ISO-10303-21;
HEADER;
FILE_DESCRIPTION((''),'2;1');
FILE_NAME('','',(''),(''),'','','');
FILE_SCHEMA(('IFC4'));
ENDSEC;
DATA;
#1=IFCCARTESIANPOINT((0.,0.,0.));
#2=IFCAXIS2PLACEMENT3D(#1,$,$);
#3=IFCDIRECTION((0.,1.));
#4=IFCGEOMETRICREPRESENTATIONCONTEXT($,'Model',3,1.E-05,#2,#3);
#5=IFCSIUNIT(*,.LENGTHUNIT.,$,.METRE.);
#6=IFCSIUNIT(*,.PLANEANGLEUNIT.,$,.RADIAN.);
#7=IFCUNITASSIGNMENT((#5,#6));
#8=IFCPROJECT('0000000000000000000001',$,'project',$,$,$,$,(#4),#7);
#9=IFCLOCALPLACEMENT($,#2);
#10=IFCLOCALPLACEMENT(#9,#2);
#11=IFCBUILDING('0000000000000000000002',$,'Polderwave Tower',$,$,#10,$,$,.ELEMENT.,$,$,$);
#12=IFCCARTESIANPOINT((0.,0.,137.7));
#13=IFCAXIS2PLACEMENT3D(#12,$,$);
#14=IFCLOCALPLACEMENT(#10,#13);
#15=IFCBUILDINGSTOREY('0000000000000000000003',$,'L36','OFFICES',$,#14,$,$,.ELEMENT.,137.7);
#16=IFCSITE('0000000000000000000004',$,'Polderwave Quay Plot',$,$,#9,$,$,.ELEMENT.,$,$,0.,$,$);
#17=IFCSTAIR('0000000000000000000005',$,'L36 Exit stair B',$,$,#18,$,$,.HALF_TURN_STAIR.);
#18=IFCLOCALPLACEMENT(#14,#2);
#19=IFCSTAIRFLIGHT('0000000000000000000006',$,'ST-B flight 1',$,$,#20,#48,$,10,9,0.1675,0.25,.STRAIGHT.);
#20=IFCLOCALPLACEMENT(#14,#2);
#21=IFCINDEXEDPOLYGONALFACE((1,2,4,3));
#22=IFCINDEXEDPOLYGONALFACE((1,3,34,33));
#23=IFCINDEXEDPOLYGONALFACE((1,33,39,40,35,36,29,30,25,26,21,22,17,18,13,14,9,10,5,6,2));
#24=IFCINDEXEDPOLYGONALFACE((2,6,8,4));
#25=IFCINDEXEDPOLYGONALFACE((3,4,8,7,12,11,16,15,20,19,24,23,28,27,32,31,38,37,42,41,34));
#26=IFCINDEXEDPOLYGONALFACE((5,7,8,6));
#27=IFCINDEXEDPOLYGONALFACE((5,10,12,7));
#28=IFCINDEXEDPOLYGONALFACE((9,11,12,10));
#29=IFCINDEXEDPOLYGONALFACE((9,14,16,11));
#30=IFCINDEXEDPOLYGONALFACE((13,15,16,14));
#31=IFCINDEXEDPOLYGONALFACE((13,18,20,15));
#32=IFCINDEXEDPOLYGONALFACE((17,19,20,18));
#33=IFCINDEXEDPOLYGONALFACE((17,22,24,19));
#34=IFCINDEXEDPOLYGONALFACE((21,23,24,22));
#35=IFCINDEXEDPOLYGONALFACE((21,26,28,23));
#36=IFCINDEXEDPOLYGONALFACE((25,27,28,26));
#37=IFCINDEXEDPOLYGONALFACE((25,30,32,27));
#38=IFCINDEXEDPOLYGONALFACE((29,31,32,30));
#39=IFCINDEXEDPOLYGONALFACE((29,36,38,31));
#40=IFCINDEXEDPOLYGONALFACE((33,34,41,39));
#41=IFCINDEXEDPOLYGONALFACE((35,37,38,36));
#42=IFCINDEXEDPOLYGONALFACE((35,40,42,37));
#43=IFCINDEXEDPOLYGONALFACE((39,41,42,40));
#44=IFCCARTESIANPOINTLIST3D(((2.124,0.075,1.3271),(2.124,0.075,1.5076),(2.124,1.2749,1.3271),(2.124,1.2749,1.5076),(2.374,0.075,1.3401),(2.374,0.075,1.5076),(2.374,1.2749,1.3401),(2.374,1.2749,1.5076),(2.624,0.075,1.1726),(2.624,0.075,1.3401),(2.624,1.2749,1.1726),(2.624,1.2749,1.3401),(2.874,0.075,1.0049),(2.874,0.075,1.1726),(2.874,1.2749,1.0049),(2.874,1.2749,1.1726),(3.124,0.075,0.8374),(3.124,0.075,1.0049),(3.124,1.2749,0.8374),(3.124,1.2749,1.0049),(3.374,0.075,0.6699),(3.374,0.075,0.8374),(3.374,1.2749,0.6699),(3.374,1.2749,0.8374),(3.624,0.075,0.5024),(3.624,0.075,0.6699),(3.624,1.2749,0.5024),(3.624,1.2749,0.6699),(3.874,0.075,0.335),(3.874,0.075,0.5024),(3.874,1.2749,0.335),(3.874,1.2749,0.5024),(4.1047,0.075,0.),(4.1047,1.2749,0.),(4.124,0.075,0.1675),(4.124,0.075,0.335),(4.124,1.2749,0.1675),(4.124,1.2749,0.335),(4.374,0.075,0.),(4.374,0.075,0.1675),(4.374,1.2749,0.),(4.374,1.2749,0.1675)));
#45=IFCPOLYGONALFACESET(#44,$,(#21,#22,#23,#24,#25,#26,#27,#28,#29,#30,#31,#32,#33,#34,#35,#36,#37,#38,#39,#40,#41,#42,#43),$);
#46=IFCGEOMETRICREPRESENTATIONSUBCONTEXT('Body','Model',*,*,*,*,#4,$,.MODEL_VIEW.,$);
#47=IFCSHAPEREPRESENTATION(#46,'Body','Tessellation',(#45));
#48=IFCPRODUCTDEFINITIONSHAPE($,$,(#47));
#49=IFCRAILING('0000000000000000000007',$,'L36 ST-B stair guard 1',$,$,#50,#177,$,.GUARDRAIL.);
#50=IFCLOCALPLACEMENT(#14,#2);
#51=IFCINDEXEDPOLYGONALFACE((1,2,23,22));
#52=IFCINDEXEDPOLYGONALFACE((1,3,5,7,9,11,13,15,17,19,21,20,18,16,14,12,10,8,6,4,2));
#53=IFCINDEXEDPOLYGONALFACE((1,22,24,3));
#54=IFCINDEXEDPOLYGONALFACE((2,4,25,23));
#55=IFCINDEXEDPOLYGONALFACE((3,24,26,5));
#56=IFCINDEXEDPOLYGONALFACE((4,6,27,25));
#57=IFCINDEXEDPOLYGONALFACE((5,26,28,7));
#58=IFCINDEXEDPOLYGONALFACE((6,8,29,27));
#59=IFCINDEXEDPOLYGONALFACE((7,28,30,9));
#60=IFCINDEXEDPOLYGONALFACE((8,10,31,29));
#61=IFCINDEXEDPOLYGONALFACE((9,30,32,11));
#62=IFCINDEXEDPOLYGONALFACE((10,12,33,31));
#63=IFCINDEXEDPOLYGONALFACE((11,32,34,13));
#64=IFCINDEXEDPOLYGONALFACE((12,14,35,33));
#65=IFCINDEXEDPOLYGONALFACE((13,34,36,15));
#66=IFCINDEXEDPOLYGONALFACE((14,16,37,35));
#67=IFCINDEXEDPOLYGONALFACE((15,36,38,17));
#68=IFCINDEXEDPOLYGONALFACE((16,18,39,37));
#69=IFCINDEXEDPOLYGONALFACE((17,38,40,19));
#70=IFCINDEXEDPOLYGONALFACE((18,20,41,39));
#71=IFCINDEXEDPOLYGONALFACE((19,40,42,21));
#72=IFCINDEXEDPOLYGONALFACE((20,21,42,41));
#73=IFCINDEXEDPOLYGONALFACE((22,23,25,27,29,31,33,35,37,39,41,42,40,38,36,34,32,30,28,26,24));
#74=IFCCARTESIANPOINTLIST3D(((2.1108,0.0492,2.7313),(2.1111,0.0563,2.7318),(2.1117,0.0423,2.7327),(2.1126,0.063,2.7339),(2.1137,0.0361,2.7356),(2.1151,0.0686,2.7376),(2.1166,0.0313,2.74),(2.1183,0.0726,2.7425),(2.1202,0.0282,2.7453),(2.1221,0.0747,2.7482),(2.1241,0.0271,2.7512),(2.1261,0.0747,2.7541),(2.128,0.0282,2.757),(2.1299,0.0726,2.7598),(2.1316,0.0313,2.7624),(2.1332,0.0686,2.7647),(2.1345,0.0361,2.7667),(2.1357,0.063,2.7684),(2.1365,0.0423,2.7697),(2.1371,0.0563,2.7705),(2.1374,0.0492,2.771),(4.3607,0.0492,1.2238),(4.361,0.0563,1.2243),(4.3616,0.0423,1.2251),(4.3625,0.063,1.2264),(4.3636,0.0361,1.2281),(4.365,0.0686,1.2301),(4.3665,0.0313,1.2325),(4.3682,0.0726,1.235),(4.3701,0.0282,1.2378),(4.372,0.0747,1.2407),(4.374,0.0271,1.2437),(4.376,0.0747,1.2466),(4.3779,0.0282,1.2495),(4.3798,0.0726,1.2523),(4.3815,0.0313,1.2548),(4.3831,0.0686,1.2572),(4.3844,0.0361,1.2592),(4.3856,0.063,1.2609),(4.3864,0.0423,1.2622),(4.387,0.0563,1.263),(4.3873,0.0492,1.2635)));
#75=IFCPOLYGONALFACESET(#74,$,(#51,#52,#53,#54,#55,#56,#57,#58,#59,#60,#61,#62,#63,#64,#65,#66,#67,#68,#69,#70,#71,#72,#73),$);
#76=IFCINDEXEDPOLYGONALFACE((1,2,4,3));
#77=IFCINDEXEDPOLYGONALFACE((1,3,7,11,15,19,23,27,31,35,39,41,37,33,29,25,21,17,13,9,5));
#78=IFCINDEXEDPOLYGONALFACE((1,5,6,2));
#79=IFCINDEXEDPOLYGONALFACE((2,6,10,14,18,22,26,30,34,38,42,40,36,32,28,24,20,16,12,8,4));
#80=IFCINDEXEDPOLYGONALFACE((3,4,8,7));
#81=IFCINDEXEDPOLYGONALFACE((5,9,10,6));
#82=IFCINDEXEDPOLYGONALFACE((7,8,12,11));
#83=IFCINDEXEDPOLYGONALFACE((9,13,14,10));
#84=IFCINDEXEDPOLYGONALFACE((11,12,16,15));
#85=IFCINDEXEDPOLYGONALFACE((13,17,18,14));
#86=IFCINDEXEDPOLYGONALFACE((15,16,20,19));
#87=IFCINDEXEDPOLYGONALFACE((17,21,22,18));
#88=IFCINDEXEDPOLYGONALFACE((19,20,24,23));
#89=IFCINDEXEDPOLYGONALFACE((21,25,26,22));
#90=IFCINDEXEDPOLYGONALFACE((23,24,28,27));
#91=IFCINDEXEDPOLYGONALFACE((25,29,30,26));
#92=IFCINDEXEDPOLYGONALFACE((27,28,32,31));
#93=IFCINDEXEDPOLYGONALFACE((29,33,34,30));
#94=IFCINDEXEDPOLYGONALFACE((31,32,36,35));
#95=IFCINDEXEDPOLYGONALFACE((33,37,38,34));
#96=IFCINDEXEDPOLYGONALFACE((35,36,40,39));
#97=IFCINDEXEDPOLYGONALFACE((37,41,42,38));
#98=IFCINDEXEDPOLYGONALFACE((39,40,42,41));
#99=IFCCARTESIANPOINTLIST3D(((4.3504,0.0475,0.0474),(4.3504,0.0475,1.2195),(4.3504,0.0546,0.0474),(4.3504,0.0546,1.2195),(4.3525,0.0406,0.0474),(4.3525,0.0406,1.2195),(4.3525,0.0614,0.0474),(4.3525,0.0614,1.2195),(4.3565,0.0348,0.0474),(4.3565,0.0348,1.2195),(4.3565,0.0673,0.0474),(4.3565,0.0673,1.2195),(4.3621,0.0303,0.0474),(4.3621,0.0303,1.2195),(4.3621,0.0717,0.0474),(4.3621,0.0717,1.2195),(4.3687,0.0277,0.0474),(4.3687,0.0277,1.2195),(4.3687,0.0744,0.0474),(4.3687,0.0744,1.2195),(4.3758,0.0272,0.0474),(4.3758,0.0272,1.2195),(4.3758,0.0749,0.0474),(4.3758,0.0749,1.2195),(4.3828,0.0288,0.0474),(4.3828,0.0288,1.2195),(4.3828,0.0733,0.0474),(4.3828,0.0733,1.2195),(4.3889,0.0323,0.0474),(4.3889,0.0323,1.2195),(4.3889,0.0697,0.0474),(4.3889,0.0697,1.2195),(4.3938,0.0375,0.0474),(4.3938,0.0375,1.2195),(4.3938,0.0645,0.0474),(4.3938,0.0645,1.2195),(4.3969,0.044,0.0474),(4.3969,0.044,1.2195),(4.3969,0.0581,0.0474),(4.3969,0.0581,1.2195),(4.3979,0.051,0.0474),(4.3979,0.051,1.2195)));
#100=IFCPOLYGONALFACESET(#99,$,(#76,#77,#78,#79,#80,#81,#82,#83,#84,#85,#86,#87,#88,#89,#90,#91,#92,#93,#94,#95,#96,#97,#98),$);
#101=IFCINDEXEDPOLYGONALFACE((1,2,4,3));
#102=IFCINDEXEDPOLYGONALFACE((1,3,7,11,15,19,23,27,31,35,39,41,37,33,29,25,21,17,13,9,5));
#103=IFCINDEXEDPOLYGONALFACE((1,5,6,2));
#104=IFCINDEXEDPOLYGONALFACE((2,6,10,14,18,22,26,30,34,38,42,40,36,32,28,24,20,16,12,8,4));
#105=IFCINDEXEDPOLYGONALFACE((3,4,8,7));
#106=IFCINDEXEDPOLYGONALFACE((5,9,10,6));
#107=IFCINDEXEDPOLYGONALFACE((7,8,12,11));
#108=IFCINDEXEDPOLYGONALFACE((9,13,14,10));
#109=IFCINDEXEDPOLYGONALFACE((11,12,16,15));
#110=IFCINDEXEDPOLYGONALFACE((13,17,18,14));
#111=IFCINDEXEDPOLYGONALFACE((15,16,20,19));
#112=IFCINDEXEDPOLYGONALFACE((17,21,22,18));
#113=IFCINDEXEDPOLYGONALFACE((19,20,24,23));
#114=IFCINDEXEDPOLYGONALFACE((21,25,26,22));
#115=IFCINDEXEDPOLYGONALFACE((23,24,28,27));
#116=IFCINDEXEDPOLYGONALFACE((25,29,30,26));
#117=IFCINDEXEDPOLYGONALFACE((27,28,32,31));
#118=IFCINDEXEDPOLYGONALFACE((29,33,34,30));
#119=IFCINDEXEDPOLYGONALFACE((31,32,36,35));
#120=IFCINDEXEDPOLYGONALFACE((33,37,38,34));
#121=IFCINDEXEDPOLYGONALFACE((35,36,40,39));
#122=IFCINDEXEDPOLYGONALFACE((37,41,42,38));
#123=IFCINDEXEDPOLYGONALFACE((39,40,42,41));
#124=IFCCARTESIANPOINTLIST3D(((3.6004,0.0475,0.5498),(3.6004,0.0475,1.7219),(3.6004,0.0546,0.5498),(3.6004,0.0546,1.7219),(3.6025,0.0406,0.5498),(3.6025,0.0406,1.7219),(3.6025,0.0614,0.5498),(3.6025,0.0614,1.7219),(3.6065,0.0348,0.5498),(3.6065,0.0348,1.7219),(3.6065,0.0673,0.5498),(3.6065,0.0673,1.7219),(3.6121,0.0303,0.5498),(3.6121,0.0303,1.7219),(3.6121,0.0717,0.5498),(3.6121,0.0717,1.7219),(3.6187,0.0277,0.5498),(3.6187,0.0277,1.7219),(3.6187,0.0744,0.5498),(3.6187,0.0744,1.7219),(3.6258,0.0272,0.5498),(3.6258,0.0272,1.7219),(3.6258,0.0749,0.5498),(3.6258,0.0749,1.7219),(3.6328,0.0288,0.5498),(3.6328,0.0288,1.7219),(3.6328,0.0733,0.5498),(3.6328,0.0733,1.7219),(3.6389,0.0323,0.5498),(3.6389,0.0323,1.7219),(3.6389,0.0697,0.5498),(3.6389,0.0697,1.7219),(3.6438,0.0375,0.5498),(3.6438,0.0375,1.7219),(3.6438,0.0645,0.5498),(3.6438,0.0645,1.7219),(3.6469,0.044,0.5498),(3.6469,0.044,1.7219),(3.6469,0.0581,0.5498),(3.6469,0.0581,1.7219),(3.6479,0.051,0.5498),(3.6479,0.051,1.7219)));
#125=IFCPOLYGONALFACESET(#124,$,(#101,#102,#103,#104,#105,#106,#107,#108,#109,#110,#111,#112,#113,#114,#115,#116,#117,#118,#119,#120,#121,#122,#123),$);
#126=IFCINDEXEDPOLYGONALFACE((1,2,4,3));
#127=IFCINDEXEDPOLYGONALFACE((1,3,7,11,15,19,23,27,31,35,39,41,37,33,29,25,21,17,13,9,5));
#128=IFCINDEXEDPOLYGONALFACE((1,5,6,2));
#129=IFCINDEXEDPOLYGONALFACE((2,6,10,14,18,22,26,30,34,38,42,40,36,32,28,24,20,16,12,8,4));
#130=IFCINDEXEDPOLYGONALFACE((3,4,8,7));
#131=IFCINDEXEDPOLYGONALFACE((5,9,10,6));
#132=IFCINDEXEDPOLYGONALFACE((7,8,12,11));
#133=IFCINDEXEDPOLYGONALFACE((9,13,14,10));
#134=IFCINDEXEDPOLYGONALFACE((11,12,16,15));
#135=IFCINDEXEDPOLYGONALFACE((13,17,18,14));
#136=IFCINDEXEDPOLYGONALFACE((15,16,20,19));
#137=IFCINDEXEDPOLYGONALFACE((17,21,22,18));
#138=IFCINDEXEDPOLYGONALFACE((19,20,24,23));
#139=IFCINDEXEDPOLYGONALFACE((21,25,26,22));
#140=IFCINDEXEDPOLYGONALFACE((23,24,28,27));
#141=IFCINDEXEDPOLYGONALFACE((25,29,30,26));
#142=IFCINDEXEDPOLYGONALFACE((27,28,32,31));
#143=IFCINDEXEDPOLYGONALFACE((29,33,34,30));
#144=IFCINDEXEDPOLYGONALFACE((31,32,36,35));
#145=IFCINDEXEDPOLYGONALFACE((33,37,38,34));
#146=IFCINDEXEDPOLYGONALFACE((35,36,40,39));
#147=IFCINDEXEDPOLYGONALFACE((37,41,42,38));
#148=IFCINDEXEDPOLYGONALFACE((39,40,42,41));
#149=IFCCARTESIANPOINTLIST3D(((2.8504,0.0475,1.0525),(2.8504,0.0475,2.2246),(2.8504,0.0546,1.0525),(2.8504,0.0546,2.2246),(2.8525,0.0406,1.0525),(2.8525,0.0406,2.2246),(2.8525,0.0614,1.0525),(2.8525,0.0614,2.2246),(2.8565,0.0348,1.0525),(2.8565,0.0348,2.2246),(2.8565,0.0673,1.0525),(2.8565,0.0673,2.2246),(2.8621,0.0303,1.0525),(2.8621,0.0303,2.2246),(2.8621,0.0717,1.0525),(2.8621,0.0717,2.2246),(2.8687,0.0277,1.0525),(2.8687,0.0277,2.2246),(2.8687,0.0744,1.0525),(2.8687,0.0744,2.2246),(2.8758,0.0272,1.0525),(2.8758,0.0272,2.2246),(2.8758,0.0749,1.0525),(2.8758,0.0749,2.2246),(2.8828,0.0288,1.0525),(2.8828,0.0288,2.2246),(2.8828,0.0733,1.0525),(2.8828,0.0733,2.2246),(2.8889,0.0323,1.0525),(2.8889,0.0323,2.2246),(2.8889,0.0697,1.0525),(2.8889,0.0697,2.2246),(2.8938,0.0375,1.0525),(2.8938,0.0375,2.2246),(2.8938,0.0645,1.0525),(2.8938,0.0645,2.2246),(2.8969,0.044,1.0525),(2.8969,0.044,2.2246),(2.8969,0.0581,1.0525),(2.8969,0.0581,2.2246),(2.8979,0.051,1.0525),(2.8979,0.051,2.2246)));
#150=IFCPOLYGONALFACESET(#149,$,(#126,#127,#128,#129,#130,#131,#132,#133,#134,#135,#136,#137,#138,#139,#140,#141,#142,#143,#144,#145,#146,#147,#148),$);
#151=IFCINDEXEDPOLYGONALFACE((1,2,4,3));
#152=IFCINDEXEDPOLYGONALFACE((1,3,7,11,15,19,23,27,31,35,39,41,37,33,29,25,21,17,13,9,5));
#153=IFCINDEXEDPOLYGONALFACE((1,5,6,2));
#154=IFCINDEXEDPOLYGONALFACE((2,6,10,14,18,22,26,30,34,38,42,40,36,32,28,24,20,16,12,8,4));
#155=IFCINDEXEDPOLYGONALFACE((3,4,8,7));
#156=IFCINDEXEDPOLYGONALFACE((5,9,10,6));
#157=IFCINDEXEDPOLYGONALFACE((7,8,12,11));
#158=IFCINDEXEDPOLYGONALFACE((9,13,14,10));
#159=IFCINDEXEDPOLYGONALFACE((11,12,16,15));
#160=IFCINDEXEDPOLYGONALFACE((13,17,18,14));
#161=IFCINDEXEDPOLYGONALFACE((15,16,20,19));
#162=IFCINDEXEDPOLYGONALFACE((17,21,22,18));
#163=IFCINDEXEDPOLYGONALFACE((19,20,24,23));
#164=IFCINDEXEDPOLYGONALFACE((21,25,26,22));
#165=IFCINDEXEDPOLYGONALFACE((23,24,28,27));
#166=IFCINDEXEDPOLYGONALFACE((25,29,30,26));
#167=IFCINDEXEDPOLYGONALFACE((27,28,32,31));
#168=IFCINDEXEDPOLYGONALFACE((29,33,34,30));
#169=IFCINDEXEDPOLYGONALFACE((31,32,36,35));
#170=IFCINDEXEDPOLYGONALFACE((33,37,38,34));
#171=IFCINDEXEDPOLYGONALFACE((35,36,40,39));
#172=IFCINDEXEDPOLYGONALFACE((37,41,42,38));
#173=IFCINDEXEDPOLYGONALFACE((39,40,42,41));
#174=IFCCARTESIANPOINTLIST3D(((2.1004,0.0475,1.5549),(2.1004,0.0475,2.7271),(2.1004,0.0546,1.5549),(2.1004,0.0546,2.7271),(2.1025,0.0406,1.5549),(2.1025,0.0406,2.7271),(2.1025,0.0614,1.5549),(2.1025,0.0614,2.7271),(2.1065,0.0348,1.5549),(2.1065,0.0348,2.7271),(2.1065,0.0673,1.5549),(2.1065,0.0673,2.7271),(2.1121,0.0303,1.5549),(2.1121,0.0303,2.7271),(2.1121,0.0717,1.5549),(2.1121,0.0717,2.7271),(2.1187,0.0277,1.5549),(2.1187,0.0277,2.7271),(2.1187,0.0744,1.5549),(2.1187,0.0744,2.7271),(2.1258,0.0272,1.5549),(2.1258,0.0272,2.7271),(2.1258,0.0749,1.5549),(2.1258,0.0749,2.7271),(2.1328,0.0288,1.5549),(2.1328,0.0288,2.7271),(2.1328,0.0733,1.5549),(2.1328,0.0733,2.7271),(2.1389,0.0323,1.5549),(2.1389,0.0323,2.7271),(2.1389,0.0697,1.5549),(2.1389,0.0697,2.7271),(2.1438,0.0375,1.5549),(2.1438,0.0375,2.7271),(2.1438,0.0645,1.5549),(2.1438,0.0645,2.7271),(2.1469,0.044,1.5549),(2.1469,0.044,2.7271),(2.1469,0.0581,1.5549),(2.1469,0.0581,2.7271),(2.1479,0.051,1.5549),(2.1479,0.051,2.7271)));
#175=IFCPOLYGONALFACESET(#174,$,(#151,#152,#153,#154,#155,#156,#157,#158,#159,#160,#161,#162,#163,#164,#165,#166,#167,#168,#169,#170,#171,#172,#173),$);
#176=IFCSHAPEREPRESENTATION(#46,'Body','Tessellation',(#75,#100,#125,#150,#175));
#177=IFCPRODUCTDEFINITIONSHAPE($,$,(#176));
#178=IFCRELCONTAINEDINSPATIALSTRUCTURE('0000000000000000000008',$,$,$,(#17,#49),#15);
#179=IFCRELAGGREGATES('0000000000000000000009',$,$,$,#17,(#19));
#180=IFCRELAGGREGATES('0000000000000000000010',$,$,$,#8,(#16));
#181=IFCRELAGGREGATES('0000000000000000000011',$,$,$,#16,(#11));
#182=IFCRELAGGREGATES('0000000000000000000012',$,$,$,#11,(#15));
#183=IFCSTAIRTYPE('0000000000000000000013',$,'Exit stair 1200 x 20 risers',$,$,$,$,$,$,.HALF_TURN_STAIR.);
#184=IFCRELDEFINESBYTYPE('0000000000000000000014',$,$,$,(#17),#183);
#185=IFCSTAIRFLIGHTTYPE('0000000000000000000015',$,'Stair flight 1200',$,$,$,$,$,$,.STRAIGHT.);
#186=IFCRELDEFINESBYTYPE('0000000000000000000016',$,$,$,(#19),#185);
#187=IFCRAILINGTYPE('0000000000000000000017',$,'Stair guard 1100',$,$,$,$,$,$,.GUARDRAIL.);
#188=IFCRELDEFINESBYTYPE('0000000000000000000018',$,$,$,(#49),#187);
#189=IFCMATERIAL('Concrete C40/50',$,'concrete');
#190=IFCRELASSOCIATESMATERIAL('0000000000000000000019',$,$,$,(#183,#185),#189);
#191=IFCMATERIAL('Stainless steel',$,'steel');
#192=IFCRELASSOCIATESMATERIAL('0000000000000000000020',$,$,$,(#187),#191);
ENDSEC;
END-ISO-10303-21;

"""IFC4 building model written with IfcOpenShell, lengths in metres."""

from ifc_helpers import new_model, si_unit, direction, frame, origin, origin_2d, place, context, subcontext, project, spatial, polyline, circle, outline, extrude, material, type_object, element, aggregate, save


model = new_model("IFC4")

# Units and contexts
model_context = context("Model", 3, precision=1e-05, world=origin(), true_north=direction((0.0, 1.0)))
body_context = subcontext(model_context, "Body", "Model", "MODEL_VIEW")
ifc_project = project(units=[si_unit("LENGTHUNIT", "METRE"), si_unit("PLANEANGLEUNIT", "RADIAN")], contexts=[model_context])

# Site, building, storey
site_placement = place(None, origin())
site = spatial("IfcSite", under=ifc_project, at=site_placement, Name="Polderwave Quay Plot", CompositionType="ELEMENT", RefElevation=0.0)
building_placement = place(site_placement, origin())
building = spatial("IfcBuilding", under=site, at=building_placement, Name="Polderwave Tower", CompositionType="ELEMENT")
storey_placement = place(building_placement, frame((0.0, 0.0, 137.7)))
storey = spatial("IfcBuildingStorey", under=building, at=storey_placement, Name="L36", Description="OFFICES", CompositionType="ELEMENT", Elevation=137.7)

# Shared definitions
ifc_material_1 = material(Name="Stainless steel", Category="steel")

# Stair, stair flight
ifc_material_2 = material(Name="Concrete C40/50", Category="concrete")
stair_type = type_object("IfcStairType", Name="Exit stair 1200 x 20 risers", PredefinedType="HALF_TURN_STAIR", material=ifc_material_2)
stair_placement = place(storey_placement, origin())
stair = element("IfcStair", 1, at=stair_placement, inside=storey, type_object=stair_type, Name="L36 Exit stair B", PredefinedType="HALF_TURN_STAIR")
stair_flight_type = type_object("IfcStairFlightType", Name="Stair flight 1200", PredefinedType="STRAIGHT", material=ifc_material_2)
stair_flight_placement = place(storey_placement, frame((4.374, 0.675, 0.0), z_axis=(0.0, 0.0, 1.0), x_axis=(-1.0, 0.0, 0.0)))
stair_flight = element("IfcStairFlight", 2, at=stair_flight_placement, type_object=stair_flight_type, Name="ST-B flight 1", NumberOfRisers=10, NumberOfTreads=9, PredefinedType="STRAIGHT", RiserHeight=0.1675, TreadLength=0.25, context=body_context, shape_type="SweptSolid", body=[
    extrude(outline(polyline([(0.0, 0.0), (0.0, 0.1675), (0.25, 0.1675), (0.25, 0.335), (0.5, 0.335), (0.5, 0.5024), (0.75, 0.5024), (0.75, 0.6699), (1.0, 0.6699), (1.0, 0.8374), (1.25, 0.8374), (1.25, 1.0049), (1.5, 1.0049), (1.5, 1.1726), (1.75, 1.1726), (1.75, 1.3401), (2.0, 1.3401), (2.0, 1.5076), (2.25, 1.5076), (2.25, 1.675), (2.25, 1.3271), (0.2693, 0.0), (0.0, 0.0)])), frame((0.0, 0.6001, 0.0), z_axis=(0.0, -1.0, 0.0), x_axis=(1.0, 0.0, 0.0)), (0.0, 0.0, 1.0), 1.2),
])
aggregate(stair, [stair_flight])

# Railing
railing_type_1 = type_object("IfcRailingType", Name="Stair guard 1100", PredefinedType="GUARDRAIL", material=ifc_material_1)
railing_1_placement = place(storey_placement, frame((4.374, 0.051, 0.0474)))
element("IfcRailing", 3, at=railing_1_placement, inside=storey, type_object=railing_type_1, Name="L36 ST-B stair guard 1", PredefinedType="GUARDRAIL", context=body_context, shape_type="SweptSolid", body=[
    extrude(circle(Radius=0.0239, at=origin_2d()), frame((0.0, 0.0, 1.1963), z_axis=(-0.830758, 0.0, 0.556633), x_axis=(0.0, -1.0, 0.0)), (0.0, 0.0, 1.0), 2.7083),
    extrude(circle(Radius=0.0239, at=origin_2d()), origin(), (0.0, 0.0, 1.0), 1.1721),
    extrude(circle(Radius=0.0239, at=origin_2d()), frame((-0.75, 0.0, 0.5024)), (0.0, 0.0, 1.0), 1.1721),
    extrude(circle(Radius=0.0239, at=origin_2d()), frame((-1.5, 0.0, 1.0051)), (0.0, 0.0, 1.0), 1.1721),
    extrude(circle(Radius=0.0239, at=origin_2d()), frame((-2.25, 0.0, 1.5076)), (0.0, 0.0, 1.0), 1.1721),
])

save(model, "model.ifc")
